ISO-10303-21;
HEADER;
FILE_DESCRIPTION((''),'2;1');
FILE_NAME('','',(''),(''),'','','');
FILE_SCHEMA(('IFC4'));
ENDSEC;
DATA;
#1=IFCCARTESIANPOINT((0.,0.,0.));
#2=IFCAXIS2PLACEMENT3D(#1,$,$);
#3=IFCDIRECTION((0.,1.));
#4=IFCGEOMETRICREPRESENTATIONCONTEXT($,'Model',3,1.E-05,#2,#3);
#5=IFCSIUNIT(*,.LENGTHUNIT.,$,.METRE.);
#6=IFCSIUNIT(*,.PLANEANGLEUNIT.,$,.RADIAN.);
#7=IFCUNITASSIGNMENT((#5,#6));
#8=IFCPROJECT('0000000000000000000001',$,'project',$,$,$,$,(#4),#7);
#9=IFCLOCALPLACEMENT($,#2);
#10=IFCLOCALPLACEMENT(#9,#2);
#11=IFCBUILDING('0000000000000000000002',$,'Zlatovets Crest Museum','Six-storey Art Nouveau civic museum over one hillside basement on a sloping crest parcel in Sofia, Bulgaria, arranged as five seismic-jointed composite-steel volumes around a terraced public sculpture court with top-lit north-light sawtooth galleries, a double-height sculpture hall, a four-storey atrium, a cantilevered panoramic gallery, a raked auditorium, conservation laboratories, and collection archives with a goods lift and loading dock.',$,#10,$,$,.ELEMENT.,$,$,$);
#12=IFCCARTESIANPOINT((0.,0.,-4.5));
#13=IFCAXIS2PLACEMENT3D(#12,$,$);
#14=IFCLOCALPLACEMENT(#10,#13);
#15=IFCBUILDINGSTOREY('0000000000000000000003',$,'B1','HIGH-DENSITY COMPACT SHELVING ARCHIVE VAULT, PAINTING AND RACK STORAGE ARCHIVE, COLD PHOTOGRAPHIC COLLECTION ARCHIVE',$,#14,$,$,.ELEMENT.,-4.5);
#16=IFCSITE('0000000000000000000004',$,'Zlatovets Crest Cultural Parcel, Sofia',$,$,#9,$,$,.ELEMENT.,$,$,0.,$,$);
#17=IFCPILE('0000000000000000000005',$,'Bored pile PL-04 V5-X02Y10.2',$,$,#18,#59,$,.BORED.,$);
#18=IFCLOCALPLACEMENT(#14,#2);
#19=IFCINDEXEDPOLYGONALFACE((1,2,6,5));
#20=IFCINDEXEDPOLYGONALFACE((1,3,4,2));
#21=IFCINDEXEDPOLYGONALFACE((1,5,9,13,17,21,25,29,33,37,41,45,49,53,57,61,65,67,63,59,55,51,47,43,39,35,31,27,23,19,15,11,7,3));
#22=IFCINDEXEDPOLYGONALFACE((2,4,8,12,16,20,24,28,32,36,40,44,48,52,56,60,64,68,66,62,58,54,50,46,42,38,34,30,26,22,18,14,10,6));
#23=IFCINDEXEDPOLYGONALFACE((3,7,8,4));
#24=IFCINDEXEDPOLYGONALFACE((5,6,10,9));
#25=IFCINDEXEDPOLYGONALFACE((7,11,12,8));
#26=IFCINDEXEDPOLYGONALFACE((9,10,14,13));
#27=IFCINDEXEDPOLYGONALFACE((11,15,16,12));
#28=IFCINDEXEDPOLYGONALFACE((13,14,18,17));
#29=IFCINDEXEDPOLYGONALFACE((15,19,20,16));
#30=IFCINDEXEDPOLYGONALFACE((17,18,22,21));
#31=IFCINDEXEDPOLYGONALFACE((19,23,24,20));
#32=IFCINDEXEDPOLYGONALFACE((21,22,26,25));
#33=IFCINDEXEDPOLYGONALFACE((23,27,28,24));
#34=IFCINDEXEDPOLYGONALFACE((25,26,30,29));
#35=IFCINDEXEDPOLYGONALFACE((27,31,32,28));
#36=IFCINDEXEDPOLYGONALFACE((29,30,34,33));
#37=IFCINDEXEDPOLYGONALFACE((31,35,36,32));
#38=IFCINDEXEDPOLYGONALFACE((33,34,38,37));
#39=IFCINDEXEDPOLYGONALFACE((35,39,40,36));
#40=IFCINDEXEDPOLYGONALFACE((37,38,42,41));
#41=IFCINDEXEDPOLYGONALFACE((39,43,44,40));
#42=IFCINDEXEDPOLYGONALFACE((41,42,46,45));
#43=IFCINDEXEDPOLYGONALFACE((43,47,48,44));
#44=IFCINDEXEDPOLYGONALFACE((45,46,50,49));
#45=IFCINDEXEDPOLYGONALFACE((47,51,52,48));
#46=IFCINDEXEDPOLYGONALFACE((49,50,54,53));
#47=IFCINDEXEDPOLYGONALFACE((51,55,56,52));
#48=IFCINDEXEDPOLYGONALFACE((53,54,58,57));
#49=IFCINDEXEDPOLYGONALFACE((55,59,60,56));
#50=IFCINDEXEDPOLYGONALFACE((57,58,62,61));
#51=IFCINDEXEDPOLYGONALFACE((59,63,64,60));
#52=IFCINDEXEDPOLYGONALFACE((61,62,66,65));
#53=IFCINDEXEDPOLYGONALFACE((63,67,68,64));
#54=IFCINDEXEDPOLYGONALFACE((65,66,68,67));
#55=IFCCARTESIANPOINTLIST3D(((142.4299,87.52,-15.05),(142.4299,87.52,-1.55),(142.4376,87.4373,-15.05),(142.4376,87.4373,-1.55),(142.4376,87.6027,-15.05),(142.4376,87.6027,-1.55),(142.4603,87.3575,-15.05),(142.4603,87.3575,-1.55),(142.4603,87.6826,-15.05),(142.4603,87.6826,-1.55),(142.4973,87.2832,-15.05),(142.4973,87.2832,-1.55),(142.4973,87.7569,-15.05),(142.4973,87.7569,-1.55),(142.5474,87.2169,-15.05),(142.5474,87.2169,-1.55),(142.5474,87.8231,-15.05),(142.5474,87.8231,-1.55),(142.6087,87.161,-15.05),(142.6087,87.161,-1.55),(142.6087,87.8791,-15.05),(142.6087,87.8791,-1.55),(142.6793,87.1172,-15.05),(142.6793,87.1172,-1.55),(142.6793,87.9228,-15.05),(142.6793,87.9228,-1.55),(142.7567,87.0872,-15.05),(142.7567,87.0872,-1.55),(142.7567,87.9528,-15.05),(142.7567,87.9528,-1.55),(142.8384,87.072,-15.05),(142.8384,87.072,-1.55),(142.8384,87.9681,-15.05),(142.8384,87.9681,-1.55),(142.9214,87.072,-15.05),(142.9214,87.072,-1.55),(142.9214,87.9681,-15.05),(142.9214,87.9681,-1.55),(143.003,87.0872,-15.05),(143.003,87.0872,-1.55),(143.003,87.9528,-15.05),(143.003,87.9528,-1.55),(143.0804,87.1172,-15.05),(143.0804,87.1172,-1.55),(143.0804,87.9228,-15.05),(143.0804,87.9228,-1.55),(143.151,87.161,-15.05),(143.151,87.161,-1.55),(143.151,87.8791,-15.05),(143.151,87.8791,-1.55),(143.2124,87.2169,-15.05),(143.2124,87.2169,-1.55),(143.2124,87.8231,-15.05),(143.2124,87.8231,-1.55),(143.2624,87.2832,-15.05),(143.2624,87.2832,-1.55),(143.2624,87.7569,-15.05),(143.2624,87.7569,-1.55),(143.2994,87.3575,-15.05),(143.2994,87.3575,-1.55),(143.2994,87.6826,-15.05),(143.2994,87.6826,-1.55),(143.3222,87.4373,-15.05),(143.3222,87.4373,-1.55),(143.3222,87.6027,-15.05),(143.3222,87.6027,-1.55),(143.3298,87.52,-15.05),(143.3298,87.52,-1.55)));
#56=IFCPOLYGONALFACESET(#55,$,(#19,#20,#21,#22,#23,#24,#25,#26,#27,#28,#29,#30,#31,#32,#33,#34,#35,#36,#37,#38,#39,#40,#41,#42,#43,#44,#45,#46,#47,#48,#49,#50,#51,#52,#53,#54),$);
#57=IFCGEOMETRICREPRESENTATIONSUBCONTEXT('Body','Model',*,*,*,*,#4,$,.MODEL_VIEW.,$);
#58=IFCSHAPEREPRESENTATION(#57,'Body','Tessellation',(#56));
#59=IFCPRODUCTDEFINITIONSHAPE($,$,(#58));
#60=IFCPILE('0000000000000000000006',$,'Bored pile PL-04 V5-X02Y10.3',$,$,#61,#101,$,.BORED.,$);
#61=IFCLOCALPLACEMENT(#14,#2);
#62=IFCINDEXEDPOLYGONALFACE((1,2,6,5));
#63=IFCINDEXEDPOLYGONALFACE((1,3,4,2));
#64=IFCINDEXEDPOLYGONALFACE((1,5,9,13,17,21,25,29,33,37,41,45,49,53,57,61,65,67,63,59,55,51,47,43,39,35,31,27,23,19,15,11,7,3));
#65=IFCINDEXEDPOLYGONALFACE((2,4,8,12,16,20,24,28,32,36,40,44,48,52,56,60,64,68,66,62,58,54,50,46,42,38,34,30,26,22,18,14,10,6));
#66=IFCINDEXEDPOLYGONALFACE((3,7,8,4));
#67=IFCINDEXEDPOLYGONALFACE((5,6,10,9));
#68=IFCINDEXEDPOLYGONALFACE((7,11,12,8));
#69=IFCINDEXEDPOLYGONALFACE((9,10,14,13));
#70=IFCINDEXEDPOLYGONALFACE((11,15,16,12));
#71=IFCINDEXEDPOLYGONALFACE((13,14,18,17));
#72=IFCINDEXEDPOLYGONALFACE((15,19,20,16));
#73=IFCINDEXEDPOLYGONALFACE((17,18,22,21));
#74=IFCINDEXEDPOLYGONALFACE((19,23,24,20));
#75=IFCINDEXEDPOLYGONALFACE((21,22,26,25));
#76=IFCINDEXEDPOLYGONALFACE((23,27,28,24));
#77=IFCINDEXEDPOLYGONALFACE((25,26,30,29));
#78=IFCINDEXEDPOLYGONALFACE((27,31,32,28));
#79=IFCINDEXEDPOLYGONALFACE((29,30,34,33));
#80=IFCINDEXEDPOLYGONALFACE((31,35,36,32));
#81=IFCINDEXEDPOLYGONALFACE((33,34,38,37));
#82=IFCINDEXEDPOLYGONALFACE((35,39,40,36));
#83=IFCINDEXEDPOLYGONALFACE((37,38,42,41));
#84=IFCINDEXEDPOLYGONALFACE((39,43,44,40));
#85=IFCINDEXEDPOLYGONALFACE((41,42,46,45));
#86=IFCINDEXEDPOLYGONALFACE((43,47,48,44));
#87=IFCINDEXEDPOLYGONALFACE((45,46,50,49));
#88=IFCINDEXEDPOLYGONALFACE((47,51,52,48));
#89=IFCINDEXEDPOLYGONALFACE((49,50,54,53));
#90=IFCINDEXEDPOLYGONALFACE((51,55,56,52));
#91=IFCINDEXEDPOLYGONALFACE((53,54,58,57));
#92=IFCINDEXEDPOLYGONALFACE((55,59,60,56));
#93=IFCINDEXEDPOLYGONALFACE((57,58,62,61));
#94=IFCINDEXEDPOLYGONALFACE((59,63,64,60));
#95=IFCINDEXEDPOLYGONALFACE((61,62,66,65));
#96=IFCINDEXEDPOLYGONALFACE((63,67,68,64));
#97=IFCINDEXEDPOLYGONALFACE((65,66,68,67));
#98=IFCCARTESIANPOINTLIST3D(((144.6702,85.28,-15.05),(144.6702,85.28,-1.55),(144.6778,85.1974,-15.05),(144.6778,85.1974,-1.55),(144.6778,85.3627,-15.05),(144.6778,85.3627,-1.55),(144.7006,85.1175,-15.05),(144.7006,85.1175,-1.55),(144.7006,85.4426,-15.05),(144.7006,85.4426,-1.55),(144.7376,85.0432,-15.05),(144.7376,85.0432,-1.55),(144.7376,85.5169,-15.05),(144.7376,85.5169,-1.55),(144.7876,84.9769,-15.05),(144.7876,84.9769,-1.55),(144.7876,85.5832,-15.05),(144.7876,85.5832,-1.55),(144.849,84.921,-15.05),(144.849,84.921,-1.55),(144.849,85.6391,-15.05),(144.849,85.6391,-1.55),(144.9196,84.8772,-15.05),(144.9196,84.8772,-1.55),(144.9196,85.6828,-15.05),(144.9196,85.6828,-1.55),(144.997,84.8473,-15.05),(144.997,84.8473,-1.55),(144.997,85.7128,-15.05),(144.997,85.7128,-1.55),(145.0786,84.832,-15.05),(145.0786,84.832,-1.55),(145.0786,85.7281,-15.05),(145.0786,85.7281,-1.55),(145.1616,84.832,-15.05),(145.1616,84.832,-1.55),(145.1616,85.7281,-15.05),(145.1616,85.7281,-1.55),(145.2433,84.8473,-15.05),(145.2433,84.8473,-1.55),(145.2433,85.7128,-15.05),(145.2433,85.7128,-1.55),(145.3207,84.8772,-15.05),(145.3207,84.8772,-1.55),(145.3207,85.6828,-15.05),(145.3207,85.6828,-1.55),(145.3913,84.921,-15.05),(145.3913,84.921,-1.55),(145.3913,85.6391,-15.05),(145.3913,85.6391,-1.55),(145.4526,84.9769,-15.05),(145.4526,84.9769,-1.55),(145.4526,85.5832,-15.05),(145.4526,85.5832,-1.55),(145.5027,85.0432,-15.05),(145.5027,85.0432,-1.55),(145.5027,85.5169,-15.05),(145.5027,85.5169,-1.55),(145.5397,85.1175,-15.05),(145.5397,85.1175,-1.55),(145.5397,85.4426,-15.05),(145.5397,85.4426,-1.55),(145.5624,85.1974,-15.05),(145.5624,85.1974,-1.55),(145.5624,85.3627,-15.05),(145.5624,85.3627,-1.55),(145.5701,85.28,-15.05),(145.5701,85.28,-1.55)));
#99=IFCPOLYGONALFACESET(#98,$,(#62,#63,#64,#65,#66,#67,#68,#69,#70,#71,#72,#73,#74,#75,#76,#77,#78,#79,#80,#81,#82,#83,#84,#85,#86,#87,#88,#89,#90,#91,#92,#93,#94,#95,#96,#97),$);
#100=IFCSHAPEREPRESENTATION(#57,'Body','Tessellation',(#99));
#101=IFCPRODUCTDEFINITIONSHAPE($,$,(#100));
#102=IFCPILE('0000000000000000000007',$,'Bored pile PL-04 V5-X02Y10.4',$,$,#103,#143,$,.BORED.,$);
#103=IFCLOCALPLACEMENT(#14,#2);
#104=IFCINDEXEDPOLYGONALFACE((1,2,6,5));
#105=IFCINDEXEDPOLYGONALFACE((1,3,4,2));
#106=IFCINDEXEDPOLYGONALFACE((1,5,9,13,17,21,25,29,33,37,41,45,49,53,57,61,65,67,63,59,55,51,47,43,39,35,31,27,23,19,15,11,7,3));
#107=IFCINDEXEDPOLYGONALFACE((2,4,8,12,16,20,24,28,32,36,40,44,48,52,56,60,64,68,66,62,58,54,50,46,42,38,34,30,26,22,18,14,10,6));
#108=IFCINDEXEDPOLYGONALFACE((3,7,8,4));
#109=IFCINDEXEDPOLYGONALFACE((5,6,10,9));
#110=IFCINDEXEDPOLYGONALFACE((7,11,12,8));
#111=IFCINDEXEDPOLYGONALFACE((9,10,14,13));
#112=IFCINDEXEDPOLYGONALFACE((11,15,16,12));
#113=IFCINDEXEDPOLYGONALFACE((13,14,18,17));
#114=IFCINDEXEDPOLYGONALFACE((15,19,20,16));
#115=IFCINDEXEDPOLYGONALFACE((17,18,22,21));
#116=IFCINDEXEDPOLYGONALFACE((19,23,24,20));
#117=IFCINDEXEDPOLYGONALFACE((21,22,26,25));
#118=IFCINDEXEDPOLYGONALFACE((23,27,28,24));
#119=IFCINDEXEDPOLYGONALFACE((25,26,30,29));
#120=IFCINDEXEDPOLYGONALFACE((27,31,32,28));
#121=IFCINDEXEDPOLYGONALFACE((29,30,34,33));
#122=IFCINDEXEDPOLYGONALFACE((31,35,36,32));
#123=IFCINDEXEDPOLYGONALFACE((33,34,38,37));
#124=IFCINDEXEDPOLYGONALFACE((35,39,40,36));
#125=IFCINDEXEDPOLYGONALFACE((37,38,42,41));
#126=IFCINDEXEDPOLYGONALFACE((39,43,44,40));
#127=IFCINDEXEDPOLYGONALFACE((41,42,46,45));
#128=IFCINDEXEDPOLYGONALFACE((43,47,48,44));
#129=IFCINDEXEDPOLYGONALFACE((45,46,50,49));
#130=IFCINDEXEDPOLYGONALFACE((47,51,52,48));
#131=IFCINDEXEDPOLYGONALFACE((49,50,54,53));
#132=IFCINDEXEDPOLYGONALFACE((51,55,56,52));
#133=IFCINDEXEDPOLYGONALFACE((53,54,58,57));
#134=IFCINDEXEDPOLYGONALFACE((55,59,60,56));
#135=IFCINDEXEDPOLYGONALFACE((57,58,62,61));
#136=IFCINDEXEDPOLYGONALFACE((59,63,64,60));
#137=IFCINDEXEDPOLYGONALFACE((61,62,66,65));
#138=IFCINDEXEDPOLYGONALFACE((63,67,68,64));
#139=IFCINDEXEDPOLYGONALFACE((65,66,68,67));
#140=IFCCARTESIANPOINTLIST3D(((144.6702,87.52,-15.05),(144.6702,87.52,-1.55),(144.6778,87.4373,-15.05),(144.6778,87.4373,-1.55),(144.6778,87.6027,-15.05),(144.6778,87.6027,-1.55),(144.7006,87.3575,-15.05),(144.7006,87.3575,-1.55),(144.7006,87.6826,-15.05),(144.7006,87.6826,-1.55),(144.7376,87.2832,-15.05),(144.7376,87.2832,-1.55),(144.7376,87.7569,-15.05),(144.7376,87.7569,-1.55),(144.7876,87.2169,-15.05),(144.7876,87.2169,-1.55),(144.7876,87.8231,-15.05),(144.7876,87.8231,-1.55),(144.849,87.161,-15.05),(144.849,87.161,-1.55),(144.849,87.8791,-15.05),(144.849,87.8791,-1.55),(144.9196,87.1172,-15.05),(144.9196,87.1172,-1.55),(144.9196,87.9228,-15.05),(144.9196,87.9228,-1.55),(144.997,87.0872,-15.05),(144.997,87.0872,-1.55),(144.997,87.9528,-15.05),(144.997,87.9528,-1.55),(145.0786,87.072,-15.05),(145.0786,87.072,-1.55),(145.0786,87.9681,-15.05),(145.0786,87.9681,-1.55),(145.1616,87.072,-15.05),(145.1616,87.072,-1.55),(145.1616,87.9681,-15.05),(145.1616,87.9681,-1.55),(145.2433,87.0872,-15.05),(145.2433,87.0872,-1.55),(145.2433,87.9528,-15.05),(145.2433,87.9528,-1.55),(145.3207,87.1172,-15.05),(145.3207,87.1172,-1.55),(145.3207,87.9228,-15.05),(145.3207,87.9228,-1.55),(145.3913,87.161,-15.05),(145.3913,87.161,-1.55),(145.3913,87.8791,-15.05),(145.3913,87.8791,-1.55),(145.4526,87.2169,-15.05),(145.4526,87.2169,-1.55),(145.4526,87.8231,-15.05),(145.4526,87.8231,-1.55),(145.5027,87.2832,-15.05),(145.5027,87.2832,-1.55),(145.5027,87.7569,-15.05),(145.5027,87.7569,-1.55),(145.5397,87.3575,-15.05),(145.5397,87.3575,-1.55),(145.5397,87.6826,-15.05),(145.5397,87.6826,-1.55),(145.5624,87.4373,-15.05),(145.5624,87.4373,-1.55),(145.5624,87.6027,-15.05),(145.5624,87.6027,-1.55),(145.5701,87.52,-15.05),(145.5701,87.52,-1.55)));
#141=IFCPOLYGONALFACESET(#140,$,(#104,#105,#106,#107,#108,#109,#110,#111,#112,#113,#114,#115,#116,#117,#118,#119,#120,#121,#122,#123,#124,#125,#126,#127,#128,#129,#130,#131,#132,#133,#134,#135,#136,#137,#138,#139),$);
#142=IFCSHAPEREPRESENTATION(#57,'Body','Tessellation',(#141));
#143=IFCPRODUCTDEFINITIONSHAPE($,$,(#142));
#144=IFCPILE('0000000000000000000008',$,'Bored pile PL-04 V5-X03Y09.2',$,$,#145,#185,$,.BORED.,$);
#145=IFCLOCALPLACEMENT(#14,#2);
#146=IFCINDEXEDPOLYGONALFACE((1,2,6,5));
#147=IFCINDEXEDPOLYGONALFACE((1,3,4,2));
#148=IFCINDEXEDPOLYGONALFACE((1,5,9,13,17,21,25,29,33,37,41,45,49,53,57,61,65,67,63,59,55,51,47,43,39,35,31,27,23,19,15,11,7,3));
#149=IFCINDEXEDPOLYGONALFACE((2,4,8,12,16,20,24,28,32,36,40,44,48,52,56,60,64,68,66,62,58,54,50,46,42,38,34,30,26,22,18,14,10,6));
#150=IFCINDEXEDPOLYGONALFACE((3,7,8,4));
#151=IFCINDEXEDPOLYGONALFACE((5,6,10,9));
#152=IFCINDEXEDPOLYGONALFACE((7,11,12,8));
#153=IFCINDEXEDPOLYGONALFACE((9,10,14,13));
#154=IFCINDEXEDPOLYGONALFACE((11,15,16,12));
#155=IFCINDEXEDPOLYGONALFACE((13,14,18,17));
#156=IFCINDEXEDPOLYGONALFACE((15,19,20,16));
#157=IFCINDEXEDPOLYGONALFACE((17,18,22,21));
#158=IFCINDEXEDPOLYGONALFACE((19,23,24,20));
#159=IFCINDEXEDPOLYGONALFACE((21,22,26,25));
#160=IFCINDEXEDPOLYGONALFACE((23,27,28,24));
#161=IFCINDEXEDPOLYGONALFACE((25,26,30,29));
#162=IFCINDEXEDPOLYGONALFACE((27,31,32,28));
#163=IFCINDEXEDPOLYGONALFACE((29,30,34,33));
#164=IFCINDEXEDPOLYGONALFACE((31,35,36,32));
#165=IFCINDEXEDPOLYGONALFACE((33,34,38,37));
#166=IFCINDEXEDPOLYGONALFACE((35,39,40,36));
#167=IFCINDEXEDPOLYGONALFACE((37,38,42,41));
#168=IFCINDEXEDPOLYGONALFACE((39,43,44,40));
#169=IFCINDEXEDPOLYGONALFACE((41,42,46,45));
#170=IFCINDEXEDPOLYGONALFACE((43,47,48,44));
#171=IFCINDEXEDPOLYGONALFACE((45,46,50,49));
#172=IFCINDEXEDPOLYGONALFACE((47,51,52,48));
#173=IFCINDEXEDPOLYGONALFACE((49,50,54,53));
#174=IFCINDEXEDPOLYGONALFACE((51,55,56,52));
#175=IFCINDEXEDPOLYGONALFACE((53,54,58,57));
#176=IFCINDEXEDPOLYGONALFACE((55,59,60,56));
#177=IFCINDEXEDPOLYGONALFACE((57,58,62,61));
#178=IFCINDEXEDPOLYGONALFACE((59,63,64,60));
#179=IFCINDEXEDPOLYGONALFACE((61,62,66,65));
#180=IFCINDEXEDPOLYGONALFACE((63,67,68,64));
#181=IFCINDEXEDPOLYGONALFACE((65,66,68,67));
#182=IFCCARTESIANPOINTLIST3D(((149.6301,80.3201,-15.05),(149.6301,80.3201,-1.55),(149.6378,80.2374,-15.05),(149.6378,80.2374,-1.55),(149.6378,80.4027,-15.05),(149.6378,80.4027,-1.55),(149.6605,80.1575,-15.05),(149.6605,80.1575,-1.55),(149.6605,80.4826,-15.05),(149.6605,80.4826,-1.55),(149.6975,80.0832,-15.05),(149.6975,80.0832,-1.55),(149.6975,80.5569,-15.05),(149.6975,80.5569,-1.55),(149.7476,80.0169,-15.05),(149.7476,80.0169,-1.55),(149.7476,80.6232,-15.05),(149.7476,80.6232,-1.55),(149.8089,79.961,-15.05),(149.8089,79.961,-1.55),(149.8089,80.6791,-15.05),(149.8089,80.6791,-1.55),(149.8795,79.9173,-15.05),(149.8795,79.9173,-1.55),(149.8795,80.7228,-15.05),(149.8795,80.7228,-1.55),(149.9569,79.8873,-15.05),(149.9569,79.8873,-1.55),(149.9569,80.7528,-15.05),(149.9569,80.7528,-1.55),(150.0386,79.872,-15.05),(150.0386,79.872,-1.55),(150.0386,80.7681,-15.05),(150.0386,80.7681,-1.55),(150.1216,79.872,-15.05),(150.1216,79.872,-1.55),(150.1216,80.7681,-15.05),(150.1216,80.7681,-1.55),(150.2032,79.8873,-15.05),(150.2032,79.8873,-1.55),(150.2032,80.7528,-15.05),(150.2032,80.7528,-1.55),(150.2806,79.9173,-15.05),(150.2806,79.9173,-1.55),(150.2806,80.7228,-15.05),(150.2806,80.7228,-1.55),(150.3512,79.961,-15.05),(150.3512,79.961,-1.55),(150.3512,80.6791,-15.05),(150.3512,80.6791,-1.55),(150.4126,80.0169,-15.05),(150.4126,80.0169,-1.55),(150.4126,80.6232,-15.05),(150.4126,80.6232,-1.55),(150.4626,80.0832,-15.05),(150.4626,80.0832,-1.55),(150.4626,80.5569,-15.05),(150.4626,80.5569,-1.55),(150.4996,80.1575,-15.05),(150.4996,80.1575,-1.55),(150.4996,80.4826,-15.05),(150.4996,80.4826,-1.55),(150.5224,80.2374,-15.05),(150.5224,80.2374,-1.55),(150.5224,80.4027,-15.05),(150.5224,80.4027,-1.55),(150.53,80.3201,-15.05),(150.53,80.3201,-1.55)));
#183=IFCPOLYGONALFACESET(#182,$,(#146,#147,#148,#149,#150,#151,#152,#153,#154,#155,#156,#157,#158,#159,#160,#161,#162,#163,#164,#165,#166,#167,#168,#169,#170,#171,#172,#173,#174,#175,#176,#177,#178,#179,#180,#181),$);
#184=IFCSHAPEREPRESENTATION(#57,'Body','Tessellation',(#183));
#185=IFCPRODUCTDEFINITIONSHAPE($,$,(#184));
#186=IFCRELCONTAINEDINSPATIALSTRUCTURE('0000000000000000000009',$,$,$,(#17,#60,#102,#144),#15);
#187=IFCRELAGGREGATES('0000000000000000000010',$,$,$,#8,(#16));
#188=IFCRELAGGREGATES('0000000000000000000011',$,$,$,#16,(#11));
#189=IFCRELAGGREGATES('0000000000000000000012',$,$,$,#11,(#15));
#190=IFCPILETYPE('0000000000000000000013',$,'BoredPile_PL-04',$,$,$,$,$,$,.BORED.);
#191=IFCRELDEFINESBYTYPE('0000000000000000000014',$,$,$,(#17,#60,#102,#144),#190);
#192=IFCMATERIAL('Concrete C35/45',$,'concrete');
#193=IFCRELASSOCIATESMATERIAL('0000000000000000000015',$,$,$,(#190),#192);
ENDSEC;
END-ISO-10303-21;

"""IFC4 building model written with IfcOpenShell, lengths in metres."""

from ifc_helpers import new_model, si_unit, direction, frame, origin, origin_2d, place, context, subcontext, project, spatial, circle, extrude, material, material_profile, profile_set, type_object, element, save


model = new_model("IFC4")

# Units and contexts
model_context = context("Model", 3, precision=1e-05, world=origin(), true_north=direction((0.0, 1.0)))
body_context = subcontext(model_context, "Body", "Model", "MODEL_VIEW")
ifc_project = project(units=[si_unit("LENGTHUNIT", "METRE"), si_unit("PLANEANGLEUNIT", "RADIAN")], contexts=[model_context])

# Site, building, storey
site_placement = place(None, origin())
site = spatial("IfcSite", under=ifc_project, at=site_placement, Name="Zlatovets Crest Cultural Parcel, Sofia", CompositionType="ELEMENT", RefElevation=0.0)
building_placement = place(site_placement, origin())
building = spatial("IfcBuilding", under=site, at=building_placement, Name="Zlatovets Crest Museum", Description="Six-storey Art Nouveau civic museum over one hillside basement on a sloping crest parcel in Sofia, Bulgaria, arranged as five seismic-jointed composite-steel volumes around a terraced public sculpture court with top-lit north-light sawtooth galleries, a double-height sculpture hall, a four-storey atrium, a cantilevered panoramic gallery, a raked auditorium, conservation laboratories, and collection archives with a goods lift and loading dock.", CompositionType="ELEMENT")
storey_placement = place(building_placement, frame((0.0, 0.0, -4.5)))
storey = spatial("IfcBuildingStorey", under=building, at=storey_placement, Name="B1", Description="HIGH-DENSITY COMPACT SHELVING ARCHIVE VAULT, PAINTING AND RACK STORAGE ARCHIVE, COLD PHOTOGRAPHIC COLLECTION ARCHIVE", CompositionType="ELEMENT", Elevation=-4.5)

# Piles
ifc_material_1 = material(Name="Concrete C35/45", Category="concrete")
ifc_material_profile_1 = material_profile(ifc_material_1, circle(Radius=0.45, at=origin_2d()), Name="PILE D900")
ifc_profile_set_1 = profile_set([ifc_material_profile_1], Name="Concrete C35/45")
pile_type = type_object("IfcPileType", Name="BoredPile_PL-04", PredefinedType="BORED", material=ifc_profile_set_1)
for number, where, z_axis, x_axis, name in (
    (1, (142.8799, 87.52, -1.55), (0.0, 0.0, -1.0), (1.0, 0.0, 0.0), "Bored pile PL-04 V5-X02Y10.2"),
    (2, (145.1201, 85.28, -1.55), (0.0, 0.0, -1.0), (1.0, 0.0, 0.0), "Bored pile PL-04 V5-X02Y10.3"),
    (3, (145.1201, 87.52, -1.55), (0.0, 0.0, -1.0), (1.0, 0.0, 0.0), "Bored pile PL-04 V5-X02Y10.4"),
    (4, (150.0801, 80.3201, -1.55), (0.0, 0.0, -1.0), (1.0, 0.0, 0.0), "Bored pile PL-04 V5-X03Y09.2"),
):
    element("IfcPile", number, at=place(storey_placement, frame(where, z_axis=z_axis, x_axis=x_axis)), inside=storey, type_object=pile_type, Name=name, PredefinedType="BORED", context=body_context, shape_type="SweptSolid", body=[
        extrude(circle(Radius=0.45, at=origin_2d()), origin(), (0.0, 0.0, 1.0), 13.5),
    ])

save(model, "model.ifc")
